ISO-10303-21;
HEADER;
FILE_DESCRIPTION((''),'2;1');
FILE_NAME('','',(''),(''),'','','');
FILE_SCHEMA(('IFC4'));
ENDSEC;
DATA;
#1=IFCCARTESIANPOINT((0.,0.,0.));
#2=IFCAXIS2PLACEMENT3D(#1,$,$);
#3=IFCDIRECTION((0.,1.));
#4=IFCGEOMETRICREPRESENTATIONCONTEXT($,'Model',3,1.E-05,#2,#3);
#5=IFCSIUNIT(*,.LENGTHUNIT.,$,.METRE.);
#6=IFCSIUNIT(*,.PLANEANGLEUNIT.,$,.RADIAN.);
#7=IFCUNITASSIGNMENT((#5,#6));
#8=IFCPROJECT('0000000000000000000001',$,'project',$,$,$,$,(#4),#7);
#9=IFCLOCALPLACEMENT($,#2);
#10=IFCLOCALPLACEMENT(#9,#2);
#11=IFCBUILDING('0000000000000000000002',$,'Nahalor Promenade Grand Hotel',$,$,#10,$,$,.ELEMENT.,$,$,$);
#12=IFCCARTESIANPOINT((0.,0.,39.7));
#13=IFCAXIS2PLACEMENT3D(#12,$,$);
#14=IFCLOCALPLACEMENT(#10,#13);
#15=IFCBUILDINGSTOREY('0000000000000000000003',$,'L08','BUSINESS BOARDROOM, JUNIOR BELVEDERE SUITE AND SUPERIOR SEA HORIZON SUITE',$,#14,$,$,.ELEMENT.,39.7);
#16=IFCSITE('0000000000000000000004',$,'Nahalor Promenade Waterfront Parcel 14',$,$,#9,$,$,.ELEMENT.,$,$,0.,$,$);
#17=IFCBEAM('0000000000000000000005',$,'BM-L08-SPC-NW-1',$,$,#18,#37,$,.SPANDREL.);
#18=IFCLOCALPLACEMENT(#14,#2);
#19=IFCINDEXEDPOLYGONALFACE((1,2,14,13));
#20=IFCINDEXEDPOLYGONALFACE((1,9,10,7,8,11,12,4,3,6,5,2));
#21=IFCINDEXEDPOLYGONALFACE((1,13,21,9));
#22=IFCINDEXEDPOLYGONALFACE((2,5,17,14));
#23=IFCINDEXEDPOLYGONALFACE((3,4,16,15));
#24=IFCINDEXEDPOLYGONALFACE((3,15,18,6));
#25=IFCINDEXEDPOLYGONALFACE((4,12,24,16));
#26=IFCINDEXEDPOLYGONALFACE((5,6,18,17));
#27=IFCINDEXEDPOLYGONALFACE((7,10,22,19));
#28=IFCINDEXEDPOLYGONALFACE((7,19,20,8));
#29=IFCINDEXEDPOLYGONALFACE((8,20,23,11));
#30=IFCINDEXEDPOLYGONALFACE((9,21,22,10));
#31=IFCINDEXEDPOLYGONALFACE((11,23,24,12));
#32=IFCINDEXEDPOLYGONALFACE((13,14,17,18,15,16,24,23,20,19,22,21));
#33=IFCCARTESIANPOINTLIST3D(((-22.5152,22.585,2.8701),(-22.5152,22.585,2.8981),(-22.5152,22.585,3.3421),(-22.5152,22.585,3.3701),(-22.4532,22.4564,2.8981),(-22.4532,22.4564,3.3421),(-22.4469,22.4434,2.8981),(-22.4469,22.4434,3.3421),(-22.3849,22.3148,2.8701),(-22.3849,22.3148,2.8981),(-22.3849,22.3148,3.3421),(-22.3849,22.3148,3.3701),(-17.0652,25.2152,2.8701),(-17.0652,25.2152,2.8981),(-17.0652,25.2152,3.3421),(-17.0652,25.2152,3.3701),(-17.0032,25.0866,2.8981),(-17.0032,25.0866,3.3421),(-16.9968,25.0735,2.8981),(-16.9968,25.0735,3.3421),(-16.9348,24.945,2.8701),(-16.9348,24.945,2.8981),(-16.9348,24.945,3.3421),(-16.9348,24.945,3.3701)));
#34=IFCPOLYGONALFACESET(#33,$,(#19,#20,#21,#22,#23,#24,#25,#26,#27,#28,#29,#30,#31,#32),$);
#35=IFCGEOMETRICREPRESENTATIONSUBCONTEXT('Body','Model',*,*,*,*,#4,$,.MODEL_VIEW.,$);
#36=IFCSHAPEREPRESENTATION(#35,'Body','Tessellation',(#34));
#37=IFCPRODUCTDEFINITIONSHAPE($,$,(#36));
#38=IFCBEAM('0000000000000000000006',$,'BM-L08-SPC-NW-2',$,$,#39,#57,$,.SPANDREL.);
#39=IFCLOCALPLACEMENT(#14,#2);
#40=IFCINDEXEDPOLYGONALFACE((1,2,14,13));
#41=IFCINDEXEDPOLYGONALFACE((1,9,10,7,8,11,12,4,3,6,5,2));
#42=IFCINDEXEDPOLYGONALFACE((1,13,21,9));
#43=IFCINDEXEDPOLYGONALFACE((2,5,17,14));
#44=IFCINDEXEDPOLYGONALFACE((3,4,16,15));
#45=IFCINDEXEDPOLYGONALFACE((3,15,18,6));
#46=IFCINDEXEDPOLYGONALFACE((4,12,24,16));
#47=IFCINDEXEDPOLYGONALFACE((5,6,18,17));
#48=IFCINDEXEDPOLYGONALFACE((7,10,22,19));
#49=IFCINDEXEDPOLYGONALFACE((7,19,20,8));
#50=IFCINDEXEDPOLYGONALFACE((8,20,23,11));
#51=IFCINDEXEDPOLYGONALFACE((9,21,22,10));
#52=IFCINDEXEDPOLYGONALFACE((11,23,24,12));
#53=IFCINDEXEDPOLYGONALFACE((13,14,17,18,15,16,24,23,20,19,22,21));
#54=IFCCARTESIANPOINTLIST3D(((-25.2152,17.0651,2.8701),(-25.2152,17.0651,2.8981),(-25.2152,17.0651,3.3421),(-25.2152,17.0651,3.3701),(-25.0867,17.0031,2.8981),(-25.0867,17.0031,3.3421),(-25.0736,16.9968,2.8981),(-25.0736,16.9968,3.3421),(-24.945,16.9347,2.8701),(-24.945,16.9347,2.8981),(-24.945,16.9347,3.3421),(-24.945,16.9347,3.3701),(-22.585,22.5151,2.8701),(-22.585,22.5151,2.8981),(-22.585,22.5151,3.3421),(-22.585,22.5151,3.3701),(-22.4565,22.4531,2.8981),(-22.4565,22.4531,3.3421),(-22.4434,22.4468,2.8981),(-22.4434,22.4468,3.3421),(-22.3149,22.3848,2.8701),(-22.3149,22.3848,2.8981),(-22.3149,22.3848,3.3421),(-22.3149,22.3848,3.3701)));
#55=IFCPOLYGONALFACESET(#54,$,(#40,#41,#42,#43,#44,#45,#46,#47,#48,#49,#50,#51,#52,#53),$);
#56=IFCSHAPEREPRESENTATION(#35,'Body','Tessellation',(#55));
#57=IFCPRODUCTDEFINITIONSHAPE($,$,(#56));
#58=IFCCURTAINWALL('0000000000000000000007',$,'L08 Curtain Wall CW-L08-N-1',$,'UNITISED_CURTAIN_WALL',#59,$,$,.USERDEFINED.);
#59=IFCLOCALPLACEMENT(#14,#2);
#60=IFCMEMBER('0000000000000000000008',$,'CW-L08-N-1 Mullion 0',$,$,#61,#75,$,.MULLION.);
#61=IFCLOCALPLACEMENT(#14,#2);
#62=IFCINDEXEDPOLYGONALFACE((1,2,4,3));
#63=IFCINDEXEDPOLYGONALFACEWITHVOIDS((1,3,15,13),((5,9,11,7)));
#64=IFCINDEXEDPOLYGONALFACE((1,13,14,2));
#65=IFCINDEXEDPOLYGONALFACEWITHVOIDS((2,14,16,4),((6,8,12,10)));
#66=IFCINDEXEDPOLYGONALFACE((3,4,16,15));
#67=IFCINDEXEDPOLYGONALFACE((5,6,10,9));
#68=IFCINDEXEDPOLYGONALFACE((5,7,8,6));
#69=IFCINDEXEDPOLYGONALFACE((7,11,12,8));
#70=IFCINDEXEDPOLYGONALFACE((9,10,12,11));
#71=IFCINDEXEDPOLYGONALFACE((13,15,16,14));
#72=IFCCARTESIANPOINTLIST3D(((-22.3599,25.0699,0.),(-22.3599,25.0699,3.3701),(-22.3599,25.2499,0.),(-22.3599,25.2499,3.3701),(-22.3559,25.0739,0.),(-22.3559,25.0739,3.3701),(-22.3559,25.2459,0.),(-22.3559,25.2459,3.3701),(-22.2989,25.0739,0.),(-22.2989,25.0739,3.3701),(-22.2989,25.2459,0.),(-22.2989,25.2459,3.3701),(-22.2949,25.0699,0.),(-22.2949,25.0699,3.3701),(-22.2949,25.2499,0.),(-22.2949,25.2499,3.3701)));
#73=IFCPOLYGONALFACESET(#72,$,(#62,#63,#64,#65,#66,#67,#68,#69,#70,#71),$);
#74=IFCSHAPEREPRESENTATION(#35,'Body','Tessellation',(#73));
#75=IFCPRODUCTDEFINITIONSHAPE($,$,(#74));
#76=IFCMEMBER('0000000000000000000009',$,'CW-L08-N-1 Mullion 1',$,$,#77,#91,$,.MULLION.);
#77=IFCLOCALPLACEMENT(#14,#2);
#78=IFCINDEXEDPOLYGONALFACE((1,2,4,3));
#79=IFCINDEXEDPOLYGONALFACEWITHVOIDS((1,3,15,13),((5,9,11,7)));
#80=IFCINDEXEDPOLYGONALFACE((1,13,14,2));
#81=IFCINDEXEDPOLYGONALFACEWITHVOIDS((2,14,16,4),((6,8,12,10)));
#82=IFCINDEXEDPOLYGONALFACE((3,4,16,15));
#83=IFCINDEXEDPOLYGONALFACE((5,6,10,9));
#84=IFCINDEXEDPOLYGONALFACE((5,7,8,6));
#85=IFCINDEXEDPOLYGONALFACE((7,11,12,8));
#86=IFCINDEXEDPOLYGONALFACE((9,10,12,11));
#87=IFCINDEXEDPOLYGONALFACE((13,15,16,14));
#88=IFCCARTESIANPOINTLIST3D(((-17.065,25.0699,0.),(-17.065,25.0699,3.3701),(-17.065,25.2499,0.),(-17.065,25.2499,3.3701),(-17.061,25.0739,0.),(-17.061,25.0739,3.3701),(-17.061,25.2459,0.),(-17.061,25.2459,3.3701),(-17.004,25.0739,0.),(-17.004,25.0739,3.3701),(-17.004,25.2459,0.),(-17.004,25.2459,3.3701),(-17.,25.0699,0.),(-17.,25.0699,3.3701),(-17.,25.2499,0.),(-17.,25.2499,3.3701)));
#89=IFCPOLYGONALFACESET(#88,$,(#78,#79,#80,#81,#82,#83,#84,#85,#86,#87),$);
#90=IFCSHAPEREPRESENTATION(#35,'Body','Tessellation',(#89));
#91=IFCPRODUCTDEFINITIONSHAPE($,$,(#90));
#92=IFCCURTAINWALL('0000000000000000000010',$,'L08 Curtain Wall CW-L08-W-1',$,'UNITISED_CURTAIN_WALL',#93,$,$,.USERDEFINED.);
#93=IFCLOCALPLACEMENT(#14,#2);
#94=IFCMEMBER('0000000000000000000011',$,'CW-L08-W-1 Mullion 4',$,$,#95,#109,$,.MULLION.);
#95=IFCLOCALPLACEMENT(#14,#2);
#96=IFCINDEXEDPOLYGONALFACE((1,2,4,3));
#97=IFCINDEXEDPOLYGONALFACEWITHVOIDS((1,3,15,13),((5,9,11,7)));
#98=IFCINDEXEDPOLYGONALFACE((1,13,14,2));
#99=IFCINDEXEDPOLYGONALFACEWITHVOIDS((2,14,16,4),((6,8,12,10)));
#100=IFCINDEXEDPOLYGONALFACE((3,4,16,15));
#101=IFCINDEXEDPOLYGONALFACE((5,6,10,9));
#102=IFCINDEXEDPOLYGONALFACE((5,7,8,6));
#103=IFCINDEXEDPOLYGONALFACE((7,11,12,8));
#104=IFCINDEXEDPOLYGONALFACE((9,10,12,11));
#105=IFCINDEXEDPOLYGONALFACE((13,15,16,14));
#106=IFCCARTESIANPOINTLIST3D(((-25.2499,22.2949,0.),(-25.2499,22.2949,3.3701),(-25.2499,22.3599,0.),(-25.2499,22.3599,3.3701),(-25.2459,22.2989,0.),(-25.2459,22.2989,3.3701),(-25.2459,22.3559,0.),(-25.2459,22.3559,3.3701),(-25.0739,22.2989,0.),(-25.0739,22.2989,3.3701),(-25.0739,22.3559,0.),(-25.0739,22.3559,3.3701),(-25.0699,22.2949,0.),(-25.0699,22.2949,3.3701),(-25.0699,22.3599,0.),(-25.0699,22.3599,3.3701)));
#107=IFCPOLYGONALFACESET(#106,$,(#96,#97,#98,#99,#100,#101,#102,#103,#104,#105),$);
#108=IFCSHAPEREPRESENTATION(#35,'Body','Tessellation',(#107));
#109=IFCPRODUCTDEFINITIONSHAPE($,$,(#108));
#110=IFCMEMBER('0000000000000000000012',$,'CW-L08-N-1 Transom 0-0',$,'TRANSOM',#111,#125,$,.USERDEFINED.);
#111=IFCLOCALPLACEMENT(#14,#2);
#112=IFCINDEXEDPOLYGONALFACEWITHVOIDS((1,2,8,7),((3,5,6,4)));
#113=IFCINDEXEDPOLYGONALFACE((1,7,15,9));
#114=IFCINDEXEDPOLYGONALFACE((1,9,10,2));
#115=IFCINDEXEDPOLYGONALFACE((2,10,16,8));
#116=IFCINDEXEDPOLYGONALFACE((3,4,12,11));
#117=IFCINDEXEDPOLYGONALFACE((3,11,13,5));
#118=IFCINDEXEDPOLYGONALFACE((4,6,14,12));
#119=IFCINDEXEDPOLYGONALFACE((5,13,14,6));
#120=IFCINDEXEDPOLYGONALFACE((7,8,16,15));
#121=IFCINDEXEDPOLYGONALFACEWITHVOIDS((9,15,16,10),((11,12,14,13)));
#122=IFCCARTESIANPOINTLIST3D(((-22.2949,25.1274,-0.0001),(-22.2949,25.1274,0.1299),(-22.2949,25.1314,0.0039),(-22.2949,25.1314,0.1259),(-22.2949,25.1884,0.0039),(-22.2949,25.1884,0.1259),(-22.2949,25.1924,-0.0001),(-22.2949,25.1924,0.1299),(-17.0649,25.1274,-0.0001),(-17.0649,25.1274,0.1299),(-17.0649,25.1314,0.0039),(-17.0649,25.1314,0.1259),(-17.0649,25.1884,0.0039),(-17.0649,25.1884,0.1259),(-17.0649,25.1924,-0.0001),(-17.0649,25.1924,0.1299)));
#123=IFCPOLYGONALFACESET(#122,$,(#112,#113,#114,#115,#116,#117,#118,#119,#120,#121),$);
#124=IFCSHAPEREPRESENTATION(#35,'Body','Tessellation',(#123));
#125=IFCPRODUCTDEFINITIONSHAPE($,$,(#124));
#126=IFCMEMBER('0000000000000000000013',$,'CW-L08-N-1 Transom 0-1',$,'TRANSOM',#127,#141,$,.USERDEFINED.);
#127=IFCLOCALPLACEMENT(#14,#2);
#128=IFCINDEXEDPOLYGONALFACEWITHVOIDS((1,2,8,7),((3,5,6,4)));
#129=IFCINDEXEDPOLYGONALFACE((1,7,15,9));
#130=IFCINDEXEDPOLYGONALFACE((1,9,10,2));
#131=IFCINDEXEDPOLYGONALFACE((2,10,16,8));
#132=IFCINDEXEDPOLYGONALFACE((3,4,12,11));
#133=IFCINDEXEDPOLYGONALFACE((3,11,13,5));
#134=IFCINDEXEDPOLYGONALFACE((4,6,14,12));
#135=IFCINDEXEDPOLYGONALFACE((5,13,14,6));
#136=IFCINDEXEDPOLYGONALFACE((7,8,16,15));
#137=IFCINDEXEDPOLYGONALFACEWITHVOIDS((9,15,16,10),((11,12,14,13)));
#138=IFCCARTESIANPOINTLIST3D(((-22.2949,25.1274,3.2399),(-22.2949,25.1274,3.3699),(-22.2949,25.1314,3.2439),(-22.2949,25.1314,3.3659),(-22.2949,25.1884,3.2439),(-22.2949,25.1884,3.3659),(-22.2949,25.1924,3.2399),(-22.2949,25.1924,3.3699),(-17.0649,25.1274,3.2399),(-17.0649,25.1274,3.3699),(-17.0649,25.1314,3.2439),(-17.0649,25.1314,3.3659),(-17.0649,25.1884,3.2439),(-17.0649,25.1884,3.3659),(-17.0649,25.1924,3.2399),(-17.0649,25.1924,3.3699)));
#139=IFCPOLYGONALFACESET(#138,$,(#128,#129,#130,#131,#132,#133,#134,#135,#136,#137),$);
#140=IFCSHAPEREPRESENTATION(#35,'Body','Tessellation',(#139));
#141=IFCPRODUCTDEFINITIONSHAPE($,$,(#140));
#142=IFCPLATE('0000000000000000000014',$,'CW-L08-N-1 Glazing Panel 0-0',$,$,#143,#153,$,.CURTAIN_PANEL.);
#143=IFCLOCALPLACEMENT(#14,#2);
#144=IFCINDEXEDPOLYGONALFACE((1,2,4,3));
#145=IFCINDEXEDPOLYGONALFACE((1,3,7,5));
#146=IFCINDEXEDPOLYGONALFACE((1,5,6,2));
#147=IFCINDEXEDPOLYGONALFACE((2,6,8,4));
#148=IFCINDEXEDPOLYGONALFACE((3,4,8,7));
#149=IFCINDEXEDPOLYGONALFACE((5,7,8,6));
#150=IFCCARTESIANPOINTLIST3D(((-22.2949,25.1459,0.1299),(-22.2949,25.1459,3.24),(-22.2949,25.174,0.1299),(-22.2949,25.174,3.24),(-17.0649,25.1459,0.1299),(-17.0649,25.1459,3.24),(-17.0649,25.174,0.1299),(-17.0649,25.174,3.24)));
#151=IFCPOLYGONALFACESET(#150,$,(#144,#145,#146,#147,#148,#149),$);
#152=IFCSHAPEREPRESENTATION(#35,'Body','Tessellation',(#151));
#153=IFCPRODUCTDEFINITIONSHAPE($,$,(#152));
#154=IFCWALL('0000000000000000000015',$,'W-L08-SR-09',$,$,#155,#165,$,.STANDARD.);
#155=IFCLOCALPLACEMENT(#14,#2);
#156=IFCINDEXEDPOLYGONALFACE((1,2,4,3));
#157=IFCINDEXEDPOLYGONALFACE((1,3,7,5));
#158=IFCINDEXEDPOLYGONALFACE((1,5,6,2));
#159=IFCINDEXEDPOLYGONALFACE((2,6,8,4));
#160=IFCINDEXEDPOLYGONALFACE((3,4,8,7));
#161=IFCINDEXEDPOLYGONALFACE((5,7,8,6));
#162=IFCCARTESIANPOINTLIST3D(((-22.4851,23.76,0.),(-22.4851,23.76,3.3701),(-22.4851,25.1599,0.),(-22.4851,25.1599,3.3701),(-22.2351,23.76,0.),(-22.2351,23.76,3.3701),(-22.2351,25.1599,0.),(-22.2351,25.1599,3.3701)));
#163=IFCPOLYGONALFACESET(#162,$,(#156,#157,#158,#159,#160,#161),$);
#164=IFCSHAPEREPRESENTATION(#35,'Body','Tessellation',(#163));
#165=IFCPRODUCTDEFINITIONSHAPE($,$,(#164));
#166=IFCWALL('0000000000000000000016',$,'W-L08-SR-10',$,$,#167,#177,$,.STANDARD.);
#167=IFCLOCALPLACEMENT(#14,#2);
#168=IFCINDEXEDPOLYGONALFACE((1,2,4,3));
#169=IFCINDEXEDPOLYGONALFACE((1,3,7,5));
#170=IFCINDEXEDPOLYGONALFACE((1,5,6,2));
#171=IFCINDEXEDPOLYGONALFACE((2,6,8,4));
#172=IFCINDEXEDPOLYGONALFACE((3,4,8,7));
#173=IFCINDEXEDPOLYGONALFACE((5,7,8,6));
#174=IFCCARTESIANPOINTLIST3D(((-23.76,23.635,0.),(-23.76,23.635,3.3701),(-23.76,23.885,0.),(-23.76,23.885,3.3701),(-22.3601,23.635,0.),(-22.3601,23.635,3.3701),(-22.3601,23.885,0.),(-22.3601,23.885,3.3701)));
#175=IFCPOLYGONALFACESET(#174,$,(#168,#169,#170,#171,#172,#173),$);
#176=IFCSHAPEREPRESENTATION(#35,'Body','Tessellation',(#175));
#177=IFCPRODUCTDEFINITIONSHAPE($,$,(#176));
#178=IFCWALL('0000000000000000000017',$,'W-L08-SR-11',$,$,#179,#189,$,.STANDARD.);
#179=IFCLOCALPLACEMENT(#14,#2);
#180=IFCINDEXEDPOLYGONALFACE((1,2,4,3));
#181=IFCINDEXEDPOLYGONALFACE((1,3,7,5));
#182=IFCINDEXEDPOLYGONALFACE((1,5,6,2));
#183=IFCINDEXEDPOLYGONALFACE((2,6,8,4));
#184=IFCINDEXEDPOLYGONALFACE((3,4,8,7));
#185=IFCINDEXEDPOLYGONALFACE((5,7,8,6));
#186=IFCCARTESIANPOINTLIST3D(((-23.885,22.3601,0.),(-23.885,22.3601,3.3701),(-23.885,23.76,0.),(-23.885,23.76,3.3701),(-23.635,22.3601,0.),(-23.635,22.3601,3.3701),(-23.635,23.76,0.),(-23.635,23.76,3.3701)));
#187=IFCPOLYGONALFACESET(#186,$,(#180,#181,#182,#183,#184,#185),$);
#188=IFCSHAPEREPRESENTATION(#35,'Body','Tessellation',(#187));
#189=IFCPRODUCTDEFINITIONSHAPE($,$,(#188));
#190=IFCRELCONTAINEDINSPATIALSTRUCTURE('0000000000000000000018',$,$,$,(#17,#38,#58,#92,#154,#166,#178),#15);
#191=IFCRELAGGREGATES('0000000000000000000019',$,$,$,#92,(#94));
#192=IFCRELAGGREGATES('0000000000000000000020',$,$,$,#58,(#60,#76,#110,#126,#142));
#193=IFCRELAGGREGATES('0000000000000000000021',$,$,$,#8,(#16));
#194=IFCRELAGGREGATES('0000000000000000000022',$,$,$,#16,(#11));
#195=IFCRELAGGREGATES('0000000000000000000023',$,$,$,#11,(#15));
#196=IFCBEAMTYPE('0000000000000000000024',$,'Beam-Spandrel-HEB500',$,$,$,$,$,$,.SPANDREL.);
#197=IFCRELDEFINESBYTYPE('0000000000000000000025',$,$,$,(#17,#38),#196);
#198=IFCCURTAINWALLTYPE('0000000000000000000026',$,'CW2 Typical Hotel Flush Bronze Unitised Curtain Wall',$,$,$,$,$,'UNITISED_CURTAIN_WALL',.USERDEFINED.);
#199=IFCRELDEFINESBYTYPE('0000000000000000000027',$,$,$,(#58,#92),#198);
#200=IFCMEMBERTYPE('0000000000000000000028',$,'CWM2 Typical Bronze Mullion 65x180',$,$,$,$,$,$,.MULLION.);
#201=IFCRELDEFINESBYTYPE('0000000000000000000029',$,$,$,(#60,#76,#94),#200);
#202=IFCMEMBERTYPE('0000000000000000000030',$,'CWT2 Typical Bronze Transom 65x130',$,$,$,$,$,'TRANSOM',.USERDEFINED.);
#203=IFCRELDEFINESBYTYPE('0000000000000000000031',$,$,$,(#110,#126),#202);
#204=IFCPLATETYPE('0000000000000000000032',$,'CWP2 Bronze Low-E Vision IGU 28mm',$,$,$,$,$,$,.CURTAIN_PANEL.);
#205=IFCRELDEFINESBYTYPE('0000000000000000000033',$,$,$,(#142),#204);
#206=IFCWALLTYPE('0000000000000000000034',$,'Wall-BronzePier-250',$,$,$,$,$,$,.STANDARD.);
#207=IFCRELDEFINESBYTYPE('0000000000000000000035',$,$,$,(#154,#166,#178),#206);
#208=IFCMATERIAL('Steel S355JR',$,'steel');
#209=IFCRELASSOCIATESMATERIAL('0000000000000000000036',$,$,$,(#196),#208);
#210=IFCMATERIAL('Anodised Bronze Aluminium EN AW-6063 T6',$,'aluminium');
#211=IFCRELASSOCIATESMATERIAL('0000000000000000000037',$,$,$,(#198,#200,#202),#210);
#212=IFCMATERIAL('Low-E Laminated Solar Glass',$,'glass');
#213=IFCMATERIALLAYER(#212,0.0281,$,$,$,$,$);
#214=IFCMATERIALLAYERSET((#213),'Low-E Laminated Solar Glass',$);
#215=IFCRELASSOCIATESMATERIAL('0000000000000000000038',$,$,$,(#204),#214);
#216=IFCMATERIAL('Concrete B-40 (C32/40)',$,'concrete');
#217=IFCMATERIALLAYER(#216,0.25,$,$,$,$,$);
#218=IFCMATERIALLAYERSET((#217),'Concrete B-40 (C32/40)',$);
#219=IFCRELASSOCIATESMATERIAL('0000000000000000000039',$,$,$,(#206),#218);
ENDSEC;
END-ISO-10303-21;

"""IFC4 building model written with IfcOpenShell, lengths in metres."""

from ifc_helpers import new_model, si_unit, direction, frame, frame_2d, origin, origin_2d, place, context, subcontext, project, spatial, rectangle, hollow_rectangle, i_section, extrude, source, transform, mapped, material, layer, layer_set, material_profile, profile_set, type_object, element, aggregate, save


model = new_model("IFC4")

# Units and contexts
model_context = context("Model", 3, precision=1e-05, world=origin(), true_north=direction((0.0, 1.0)))
body_context = subcontext(model_context, "Body", "Model", "MODEL_VIEW")
ifc_project = project(units=[si_unit("LENGTHUNIT", "METRE"), si_unit("PLANEANGLEUNIT", "RADIAN")], contexts=[model_context])

# Site, building, storey
site_placement = place(None, origin())
site = spatial("IfcSite", under=ifc_project, at=site_placement, Name="Nahalor Promenade Waterfront Parcel 14", CompositionType="ELEMENT", RefElevation=0.0)
building_placement = place(site_placement, origin())
building = spatial("IfcBuilding", under=site, at=building_placement, Name="Nahalor Promenade Grand Hotel", CompositionType="ELEMENT")
storey_placement = place(building_placement, frame((0.0, 0.0, 39.7)))
storey = spatial("IfcBuildingStorey", under=building, at=storey_placement, Name="L08", Description="BUSINESS BOARDROOM, JUNIOR BELVEDERE SUITE AND SUPERIOR SEA HORIZON SUITE", CompositionType="ELEMENT", Elevation=39.7)

# Beams
ifc_material_1 = material(Name="Steel S355JR", Category="steel")
ifc_material_profile_1 = material_profile(ifc_material_1, i_section(OverallWidth=0.3, OverallDepth=0.5, WebThickness=0.0145, FlangeThickness=0.028, at=origin_2d()), Name="HEB 500")
ifc_profile_set_1 = profile_set([ifc_material_profile_1], Name="Steel S355JR")
beam_type_1 = type_object("IfcBeamType", Name="Beam-Spandrel-HEB500", PredefinedType="SPANDREL", material=ifc_profile_set_1)
shared_shape_1 = source(origin(), body_context, "Body", "SweptSolid", [
    extrude(i_section(OverallWidth=0.3, OverallDepth=0.5, WebThickness=0.0145, FlangeThickness=0.028, at=origin_2d()), origin(), (0.0, 0.0, 1.0), 6.0515),
])
for number, where, z_axis, x_axis, name in (
    (1, (-17.0, 25.0801, 3.1201), (-0.900609, -0.434631, 0.0), (0.434631, -0.900609, 0.0), "BM-L08-SPC-NW-1"),
    (2, (-22.45, 22.45, 3.1201), (-0.434631, -0.900609, 0.0), (0.900609, -0.434631, 0.0), "BM-L08-SPC-NW-2"),
):
    element("IfcBeam", number, at=place(storey_placement, frame(where, z_axis=z_axis, x_axis=x_axis)), inside=storey, type_object=beam_type_1, Name=name, PredefinedType="SPANDREL", context=body_context, shape_type="MappedRepresentation", body=[
        mapped(shared_shape_1, transform((0.0, 0.0, 0.0), scale=1.0)),
    ])

# Curtain wall, members
ifc_material_2 = material(Name="Anodised Bronze Aluminium EN AW-6063 T6", Category="aluminium")
curtain_wall_type = type_object("IfcCurtainWallType", Name="CW2 Typical Hotel Flush Bronze Unitised Curtain Wall", ElementType="UNITISED_CURTAIN_WALL", PredefinedType="USERDEFINED", material=ifc_material_2)
curtain_wall_1_placement = place(storey_placement, origin())
curtain_wall_1 = element("IfcCurtainWall", 3, at=curtain_wall_1_placement, inside=storey, type_object=curtain_wall_type, Name="L08 Curtain Wall CW-L08-N-1", ObjectType="UNITISED_CURTAIN_WALL", PredefinedType="USERDEFINED")
ifc_material_profile_2 = material_profile(ifc_material_2, hollow_rectangle(XDim=0.065, YDim=0.18, WallThickness=0.004, at=origin_2d()), Name="CWM 65x180x4")
ifc_profile_set_2 = profile_set([ifc_material_profile_2], Name="Anodised Bronze Aluminium EN AW-6063 T6")
member_type_1 = type_object("IfcMemberType", Name="CWM2 Typical Bronze Mullion 65x180", PredefinedType="MULLION", material=ifc_profile_set_2)
shared_shape_2 = source(origin(), body_context, "Body", "SweptSolid", [
    extrude(hollow_rectangle(XDim=0.065, YDim=0.18, WallThickness=0.004, at=origin_2d()), origin(), (0.0, 0.0, 1.0), 3.3701),
])
member_1_placement = place(storey_placement, frame((-22.3274, 25.1599, 0.0), z_axis=(0.0, 0.0, 1.0), x_axis=(1.0, 0.0, 0.0)))
member_1 = element("IfcMember", 4, at=member_1_placement, type_object=member_type_1, Name="CW-L08-N-1 Mullion 0", PredefinedType="MULLION", context=body_context, shape_type="MappedRepresentation", body=[
    mapped(shared_shape_2, transform((0.0, 0.0, 0.0), scale=1.0)),
])
member_2_placement = place(storey_placement, frame((-17.0325, 25.1599, 0.0), z_axis=(0.0, 0.0, 1.0), x_axis=(1.0, 0.0, 0.0)))
member_2 = element("IfcMember", 5, at=member_2_placement, type_object=member_type_1, Name="CW-L08-N-1 Mullion 1", PredefinedType="MULLION", context=body_context, shape_type="MappedRepresentation", body=[
    mapped(shared_shape_2, transform((0.0, 0.0, 0.0), scale=1.0)),
])

# Curtain wall, member
curtain_wall_2_placement = place(storey_placement, origin())
curtain_wall_2 = element("IfcCurtainWall", 6, at=curtain_wall_2_placement, inside=storey, type_object=curtain_wall_type, Name="L08 Curtain Wall CW-L08-W-1", ObjectType="UNITISED_CURTAIN_WALL", PredefinedType="USERDEFINED")
member_3_placement = place(storey_placement, frame((-25.1599, 22.3274, 0.0), z_axis=(0.0, 0.0, 1.0), x_axis=(0.0, 1.0, 0.0)))
member_3 = element("IfcMember", 7, at=member_3_placement, type_object=member_type_1, Name="CW-L08-W-1 Mullion 4", PredefinedType="MULLION", context=body_context, shape_type="MappedRepresentation", body=[
    mapped(shared_shape_2, transform((0.0, 0.0, 0.0), scale=1.0)),
])
aggregate(curtain_wall_2, [member_3])

# Members
ifc_material_profile_3 = material_profile(ifc_material_2, hollow_rectangle(XDim=0.065, YDim=0.13, WallThickness=0.004, at=origin_2d()), Name="CWT 65x130x4")
ifc_profile_set_3 = profile_set([ifc_material_profile_3], Name="Anodised Bronze Aluminium EN AW-6063 T6")
member_type_2 = type_object("IfcMemberType", Name="CWT2 Typical Bronze Transom 65x130", ElementType="TRANSOM", PredefinedType="USERDEFINED", material=ifc_profile_set_3)
shared_shape_3 = source(origin(), body_context, "Body", "SweptSolid", [
    extrude(hollow_rectangle(XDim=0.065, YDim=0.13, WallThickness=0.004, at=origin_2d()), origin(), (0.0, 0.0, 1.0), 5.23),
])
member_4_placement = place(storey_placement, frame((-22.2949, 25.1599, 0.0649), z_axis=(1.0, 0.0, 0.0), x_axis=(0.0, 1.0, 0.0)))
member_4 = element("IfcMember", 8, at=member_4_placement, type_object=member_type_2, Name="CW-L08-N-1 Transom 0-0", ObjectType="TRANSOM", PredefinedType="USERDEFINED", context=body_context, shape_type="MappedRepresentation", body=[
    mapped(shared_shape_3, transform((0.0, 0.0, 0.0), scale=1.0)),
])
member_5_placement = place(storey_placement, frame((-22.2949, 25.1599, 3.3049), z_axis=(1.0, 0.0, 0.0), x_axis=(0.0, 1.0, 0.0)))
member_5 = element("IfcMember", 9, at=member_5_placement, type_object=member_type_2, Name="CW-L08-N-1 Transom 0-1", ObjectType="TRANSOM", PredefinedType="USERDEFINED", context=body_context, shape_type="MappedRepresentation", body=[
    mapped(shared_shape_3, transform((0.0, 0.0, 0.0), scale=1.0)),
])

# Plate
ifc_material_3 = material(Name="Low-E Laminated Solar Glass", Category="glass")
ifc_layer_1 = layer(ifc_material_3, 0.0281)
ifc_layer_set_1 = layer_set([ifc_layer_1], Name="Low-E Laminated Solar Glass")
plate_type = type_object("IfcPlateType", Name="CWP2 Bronze Low-E Vision IGU 28mm", PredefinedType="CURTAIN_PANEL", material=ifc_layer_set_1)
shared_shape_4 = source(origin(), body_context, "Body", "SweptSolid", [
    extrude(rectangle(XDim=5.23, YDim=0.0281, at=origin_2d()), origin(), (0.0, 0.0, 1.0), 3.1101),
])
plate_placement = place(storey_placement, frame((-19.6799, 25.1599, 0.1299), z_axis=(0.0, 0.0, 1.0), x_axis=(1.0, 0.0, 0.0)))
plate = element("IfcPlate", 10, at=plate_placement, type_object=plate_type, Name="CW-L08-N-1 Glazing Panel 0-0", PredefinedType="CURTAIN_PANEL", context=body_context, shape_type="MappedRepresentation", body=[
    mapped(shared_shape_4, transform((0.0, 0.0, 0.0), scale=1.0)),
])
aggregate(curtain_wall_1, [member_1, member_2, member_4, member_5, plate])

# Walls
ifc_material_4 = material(Name="Concrete B-40 (C32/40)", Category="concrete")
ifc_layer_2 = layer(ifc_material_4, 0.25)
ifc_layer_set_2 = layer_set([ifc_layer_2], Name="Concrete B-40 (C32/40)")
wall_type_1 = type_object("IfcWallType", Name="Wall-BronzePier-250", PredefinedType="STANDARD", material=ifc_layer_set_2)
shared_shape_5 = source(origin(), body_context, "Body", "SweptSolid", [
    extrude(rectangle(XDim=1.3999, YDim=0.25, at=frame_2d((0.7, 0.0))), origin(), (0.0, 0.0, 1.0), 3.3701),
])
for number, where, z_axis, x_axis, name in (
    (11, (-22.3601, 23.76, 0.0), (0.0, 0.0, 1.0), (0.0, 1.0, 0.0), "W-L08-SR-09"),
    (12, (-23.76, 23.76, 0.0), (0.0, 0.0, 1.0), (1.0, 0.0, 0.0), "W-L08-SR-10"),
    (13, (-23.76, 22.3601, 0.0), (0.0, 0.0, 1.0), (0.0, 1.0, 0.0), "W-L08-SR-11"),
):
    element("IfcWall", number, at=place(storey_placement, frame(where, z_axis=z_axis, x_axis=x_axis)), inside=storey, type_object=wall_type_1, Name=name, PredefinedType="STANDARD", context=body_context, shape_type="MappedRepresentation", body=[
        mapped(shared_shape_5, transform((0.0, 0.0, 0.0), scale=1.0)),
    ])

save(model, "model.ifc")
